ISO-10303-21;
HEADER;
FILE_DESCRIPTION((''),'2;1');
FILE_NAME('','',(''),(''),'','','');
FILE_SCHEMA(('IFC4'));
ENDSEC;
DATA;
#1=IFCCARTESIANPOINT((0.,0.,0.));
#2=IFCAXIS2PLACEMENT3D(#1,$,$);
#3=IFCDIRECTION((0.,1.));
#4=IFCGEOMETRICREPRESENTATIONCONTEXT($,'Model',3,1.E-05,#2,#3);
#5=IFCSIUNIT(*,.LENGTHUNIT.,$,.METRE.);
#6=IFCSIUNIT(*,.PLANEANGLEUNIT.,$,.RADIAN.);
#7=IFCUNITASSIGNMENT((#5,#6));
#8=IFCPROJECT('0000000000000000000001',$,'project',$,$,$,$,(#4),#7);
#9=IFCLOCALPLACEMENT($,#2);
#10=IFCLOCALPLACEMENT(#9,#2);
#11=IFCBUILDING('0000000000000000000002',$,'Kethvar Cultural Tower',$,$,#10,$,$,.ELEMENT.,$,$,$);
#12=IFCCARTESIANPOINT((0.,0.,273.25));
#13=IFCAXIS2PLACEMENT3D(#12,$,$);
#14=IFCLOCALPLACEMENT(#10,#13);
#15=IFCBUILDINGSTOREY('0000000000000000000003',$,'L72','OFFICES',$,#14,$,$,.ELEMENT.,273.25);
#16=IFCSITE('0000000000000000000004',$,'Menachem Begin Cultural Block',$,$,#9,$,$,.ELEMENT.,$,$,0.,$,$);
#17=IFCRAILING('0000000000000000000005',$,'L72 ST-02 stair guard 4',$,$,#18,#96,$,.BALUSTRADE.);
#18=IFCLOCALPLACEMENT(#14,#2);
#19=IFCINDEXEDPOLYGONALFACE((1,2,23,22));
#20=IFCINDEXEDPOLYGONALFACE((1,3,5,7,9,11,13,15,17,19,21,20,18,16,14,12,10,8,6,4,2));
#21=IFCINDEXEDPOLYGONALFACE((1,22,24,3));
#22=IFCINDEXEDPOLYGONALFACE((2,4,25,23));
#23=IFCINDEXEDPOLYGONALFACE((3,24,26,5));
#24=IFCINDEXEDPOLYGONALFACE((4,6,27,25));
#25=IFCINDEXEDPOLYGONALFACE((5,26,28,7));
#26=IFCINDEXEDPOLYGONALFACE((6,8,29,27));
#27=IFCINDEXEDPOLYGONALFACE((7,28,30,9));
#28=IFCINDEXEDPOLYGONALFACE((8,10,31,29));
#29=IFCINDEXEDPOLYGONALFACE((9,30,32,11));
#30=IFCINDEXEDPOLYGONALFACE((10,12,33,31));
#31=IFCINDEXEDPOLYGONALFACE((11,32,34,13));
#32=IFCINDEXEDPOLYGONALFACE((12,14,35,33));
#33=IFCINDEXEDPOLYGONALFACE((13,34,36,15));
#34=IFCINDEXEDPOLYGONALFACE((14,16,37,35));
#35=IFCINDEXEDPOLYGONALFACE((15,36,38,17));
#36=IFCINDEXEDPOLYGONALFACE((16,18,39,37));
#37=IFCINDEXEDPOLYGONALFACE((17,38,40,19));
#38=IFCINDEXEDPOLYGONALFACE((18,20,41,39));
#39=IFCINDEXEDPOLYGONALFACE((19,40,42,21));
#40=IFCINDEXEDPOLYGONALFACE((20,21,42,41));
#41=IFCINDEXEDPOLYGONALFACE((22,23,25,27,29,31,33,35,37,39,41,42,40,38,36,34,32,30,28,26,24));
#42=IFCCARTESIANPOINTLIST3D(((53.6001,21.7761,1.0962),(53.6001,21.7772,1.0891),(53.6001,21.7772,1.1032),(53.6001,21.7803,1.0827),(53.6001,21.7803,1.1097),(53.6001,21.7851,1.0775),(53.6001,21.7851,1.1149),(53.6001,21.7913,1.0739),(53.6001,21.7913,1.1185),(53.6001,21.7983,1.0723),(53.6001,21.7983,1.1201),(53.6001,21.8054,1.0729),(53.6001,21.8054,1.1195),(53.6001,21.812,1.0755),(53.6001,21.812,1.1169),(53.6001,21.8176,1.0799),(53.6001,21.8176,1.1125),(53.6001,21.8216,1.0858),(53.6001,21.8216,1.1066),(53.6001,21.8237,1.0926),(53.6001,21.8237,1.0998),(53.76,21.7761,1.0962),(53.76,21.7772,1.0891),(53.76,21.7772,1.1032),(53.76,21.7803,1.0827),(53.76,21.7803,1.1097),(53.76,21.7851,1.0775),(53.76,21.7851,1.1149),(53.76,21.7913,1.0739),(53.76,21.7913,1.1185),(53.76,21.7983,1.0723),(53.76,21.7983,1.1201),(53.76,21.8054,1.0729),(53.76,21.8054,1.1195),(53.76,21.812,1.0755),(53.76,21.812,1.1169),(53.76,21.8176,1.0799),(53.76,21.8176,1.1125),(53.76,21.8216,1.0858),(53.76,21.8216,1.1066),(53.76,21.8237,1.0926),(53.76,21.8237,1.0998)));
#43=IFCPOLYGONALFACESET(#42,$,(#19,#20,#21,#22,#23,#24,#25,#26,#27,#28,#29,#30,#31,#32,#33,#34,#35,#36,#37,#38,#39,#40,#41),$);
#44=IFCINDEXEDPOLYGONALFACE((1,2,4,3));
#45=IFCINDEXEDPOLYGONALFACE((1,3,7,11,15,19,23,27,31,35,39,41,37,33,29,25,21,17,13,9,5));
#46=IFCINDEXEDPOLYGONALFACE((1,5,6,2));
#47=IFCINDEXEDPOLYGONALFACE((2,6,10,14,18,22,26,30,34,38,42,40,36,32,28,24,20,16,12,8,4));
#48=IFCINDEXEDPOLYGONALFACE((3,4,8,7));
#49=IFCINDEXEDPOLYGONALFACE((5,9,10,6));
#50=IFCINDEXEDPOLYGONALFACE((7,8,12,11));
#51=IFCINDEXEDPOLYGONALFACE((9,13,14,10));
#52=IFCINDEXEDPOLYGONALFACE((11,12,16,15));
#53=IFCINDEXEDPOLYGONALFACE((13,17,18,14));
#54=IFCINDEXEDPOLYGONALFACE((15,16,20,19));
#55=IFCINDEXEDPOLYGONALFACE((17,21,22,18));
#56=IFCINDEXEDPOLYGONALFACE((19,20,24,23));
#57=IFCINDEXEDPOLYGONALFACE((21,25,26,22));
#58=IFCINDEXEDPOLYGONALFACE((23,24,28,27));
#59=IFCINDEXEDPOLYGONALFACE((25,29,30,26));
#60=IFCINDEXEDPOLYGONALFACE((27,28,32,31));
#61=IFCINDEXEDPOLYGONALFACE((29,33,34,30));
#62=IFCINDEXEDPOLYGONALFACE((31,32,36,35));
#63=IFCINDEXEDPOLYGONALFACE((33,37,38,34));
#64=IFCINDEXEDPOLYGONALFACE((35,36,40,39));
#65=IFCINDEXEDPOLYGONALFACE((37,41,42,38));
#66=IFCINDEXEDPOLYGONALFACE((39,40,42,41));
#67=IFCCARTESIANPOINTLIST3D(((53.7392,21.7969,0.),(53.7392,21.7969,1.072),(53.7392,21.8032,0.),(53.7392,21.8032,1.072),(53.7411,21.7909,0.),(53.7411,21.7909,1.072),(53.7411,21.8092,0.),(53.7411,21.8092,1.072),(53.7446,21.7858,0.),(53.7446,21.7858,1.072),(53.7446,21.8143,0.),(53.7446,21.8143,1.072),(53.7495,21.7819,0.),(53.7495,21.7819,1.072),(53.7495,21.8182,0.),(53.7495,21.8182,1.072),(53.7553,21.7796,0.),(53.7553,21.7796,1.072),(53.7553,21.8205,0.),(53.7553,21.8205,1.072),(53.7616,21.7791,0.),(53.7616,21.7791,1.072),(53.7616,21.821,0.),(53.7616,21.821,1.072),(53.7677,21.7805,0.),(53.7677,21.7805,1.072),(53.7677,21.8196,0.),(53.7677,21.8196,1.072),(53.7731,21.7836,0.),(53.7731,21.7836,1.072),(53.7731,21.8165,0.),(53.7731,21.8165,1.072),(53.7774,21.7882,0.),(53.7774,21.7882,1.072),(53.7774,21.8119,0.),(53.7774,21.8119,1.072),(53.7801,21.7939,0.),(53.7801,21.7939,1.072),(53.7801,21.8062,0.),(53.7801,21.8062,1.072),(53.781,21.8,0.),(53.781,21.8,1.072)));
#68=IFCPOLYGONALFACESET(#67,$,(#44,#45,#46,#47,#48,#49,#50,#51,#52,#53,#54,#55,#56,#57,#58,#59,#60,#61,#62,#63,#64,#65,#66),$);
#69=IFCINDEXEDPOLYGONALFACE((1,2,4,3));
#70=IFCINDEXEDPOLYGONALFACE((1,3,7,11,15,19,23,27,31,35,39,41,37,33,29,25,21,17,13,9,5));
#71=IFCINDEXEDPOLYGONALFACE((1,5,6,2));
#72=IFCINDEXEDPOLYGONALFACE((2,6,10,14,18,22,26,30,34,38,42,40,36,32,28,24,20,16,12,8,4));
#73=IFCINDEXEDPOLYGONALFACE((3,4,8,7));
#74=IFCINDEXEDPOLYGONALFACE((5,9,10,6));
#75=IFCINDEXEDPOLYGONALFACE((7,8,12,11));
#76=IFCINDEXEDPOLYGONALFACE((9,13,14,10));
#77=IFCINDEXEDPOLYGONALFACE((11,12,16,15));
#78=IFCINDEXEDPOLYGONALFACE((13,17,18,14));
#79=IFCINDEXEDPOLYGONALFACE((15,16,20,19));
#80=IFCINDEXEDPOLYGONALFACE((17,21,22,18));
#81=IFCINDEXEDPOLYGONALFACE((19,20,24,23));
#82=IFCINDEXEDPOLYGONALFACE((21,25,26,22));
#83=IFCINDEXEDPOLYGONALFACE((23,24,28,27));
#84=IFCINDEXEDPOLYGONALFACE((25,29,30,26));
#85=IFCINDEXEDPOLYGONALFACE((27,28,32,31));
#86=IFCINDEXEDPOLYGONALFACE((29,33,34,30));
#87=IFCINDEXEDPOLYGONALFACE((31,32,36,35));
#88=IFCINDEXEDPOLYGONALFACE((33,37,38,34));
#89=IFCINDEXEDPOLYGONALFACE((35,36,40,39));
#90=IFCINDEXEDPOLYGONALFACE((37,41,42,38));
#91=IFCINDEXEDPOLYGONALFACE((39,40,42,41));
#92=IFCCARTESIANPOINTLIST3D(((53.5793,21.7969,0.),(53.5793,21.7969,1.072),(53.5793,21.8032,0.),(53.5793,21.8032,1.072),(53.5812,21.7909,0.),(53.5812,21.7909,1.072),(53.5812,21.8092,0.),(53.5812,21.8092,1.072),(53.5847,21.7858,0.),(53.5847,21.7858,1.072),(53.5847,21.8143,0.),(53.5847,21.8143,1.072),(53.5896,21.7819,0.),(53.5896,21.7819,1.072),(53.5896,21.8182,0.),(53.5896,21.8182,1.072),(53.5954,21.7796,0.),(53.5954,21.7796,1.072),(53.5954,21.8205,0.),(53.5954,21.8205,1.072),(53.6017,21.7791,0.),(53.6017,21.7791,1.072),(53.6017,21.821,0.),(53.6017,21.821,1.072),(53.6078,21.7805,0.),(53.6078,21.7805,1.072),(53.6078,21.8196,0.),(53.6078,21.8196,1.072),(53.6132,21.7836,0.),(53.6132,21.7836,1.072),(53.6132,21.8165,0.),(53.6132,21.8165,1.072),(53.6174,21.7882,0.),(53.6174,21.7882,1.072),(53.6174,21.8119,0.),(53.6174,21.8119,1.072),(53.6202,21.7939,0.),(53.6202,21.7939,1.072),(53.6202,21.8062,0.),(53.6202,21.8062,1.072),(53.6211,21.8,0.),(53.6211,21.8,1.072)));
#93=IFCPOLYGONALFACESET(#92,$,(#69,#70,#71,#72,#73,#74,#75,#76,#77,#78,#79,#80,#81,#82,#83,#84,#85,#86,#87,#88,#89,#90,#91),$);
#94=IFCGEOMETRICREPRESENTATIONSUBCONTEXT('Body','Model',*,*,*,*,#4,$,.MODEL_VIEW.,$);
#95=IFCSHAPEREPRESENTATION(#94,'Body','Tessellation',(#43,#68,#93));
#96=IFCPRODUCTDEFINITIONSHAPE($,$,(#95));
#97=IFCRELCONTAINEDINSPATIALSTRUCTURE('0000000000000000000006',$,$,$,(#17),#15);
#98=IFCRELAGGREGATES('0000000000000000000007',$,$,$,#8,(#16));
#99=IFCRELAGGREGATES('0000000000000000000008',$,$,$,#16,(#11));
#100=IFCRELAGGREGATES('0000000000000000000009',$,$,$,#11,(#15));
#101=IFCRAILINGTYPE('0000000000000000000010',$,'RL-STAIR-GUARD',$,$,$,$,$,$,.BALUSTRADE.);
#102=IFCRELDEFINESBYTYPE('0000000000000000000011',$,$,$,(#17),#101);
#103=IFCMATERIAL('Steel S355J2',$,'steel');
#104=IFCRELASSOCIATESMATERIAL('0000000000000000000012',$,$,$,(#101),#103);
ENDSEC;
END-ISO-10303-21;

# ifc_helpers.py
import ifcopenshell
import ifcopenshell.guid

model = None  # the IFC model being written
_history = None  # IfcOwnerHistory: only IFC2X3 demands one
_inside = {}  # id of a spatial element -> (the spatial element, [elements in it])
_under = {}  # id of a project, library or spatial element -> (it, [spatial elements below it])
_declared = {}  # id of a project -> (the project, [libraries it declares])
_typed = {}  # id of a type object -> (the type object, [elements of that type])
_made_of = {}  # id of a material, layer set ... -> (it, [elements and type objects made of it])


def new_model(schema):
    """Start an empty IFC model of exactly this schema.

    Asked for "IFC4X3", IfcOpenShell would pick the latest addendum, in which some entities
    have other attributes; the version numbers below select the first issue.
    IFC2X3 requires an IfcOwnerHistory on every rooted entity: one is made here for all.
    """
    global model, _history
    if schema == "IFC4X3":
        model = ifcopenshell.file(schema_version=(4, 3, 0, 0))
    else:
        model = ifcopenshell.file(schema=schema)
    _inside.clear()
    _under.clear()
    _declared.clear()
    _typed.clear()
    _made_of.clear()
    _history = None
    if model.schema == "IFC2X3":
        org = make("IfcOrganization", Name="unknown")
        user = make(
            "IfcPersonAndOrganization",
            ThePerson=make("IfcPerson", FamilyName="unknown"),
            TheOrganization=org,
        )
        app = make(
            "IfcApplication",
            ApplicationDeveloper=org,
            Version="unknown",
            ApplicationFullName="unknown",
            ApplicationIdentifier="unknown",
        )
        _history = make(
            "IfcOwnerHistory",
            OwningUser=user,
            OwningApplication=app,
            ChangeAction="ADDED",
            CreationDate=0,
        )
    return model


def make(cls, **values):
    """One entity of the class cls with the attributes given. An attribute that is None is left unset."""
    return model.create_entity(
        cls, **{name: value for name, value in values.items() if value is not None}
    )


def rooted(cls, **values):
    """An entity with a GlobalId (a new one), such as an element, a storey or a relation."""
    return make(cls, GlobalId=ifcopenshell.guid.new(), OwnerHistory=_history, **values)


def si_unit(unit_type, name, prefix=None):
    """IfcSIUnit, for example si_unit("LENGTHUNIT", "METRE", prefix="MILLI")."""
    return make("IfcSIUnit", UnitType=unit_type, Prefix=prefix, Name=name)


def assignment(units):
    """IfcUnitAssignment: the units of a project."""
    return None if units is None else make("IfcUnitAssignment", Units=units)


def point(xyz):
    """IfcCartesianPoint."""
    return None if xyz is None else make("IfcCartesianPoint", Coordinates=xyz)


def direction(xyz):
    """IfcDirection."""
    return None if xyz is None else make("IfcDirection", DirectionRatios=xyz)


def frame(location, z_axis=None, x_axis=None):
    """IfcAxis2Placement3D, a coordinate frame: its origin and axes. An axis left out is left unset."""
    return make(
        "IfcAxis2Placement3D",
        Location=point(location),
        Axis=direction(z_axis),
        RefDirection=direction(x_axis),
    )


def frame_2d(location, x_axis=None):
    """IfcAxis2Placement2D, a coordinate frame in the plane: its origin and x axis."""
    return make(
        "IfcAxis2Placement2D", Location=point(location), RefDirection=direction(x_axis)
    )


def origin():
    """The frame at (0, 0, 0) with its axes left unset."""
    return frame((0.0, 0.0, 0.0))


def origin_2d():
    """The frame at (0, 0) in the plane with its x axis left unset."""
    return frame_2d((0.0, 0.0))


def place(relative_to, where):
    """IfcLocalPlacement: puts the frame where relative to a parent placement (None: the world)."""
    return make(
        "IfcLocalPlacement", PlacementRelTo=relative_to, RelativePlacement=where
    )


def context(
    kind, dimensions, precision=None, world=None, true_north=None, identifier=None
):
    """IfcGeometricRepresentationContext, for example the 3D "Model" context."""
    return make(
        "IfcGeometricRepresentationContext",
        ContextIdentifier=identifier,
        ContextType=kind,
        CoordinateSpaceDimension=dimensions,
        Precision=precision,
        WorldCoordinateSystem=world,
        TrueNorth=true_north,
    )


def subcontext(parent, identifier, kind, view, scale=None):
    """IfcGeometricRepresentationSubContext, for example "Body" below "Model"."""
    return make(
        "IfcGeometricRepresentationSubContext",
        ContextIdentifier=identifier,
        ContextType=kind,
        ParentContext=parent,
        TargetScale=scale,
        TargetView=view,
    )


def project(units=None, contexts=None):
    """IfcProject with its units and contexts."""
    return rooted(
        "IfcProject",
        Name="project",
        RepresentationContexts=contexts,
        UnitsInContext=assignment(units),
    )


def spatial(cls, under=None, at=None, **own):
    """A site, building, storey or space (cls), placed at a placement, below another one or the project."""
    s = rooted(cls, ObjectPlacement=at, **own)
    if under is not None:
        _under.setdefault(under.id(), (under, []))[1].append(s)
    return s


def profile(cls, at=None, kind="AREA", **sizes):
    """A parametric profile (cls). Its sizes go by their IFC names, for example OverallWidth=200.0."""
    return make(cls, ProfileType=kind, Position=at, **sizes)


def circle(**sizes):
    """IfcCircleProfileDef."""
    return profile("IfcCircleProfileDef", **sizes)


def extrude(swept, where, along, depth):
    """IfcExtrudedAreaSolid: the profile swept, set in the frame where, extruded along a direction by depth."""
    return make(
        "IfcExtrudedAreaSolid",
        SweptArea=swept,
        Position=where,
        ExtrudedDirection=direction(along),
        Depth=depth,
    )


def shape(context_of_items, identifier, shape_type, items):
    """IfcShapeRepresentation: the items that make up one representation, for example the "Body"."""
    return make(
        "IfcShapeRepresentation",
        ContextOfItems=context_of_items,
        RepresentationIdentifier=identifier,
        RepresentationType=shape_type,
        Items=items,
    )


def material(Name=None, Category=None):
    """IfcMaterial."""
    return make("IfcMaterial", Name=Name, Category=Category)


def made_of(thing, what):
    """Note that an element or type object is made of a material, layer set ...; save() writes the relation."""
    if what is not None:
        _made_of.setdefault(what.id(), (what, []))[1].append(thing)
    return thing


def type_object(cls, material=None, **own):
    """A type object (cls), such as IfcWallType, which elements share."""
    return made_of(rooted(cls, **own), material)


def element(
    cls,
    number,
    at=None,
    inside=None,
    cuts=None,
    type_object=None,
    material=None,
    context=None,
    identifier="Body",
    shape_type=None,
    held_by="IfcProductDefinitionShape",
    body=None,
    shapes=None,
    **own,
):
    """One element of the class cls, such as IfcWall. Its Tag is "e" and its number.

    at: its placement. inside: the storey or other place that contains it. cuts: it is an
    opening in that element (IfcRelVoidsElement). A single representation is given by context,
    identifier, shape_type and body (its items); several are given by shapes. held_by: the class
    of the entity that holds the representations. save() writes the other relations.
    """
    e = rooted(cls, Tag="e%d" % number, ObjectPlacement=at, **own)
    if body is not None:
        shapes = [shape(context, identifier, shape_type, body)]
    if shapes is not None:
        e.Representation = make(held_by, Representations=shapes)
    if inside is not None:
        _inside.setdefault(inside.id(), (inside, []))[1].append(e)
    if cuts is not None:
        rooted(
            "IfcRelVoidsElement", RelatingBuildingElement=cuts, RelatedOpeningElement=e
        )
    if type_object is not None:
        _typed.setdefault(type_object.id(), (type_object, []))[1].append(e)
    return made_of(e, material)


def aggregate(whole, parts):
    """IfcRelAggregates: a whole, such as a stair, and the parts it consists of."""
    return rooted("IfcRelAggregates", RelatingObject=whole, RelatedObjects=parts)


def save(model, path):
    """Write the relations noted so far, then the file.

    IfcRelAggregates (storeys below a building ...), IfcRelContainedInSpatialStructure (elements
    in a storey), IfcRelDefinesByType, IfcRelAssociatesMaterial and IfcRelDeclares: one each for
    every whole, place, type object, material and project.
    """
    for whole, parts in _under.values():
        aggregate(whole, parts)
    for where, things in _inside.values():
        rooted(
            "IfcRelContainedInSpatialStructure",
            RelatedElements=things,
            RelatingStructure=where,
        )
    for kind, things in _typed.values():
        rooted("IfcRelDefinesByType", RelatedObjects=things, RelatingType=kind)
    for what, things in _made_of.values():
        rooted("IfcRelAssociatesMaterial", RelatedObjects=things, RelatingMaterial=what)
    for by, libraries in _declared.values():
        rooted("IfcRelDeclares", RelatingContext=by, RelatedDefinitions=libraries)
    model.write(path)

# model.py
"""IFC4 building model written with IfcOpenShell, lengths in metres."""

from ifc_helpers import new_model, si_unit, direction, frame, origin, origin_2d, place, context, subcontext, project, spatial, circle, extrude, material, type_object, element, save


model = new_model("IFC4")

# Units and contexts
model_context = context("Model", 3, precision=1e-05, world=origin(), true_north=direction((0.0, 1.0)))
body_context = subcontext(model_context, "Body", "Model", "MODEL_VIEW")
ifc_project = project(units=[si_unit("LENGTHUNIT", "METRE"), si_unit("PLANEANGLEUNIT", "RADIAN")], contexts=[model_context])

# Site, building, storey
site_placement = place(None, origin())
site = spatial("IfcSite", under=ifc_project, at=site_placement, Name="Menachem Begin Cultural Block", CompositionType="ELEMENT", RefElevation=0.0)
building_placement = place(site_placement, origin())
building = spatial("IfcBuilding", under=site, at=building_placement, Name="Kethvar Cultural Tower", CompositionType="ELEMENT")
storey_placement = place(building_placement, frame((0.0, 0.0, 273.25)))
storey = spatial("IfcBuildingStorey", under=building, at=storey_placement, Name="L72", Description="OFFICES", CompositionType="ELEMENT", Elevation=273.25)

# Shared definitions
ifc_material_1 = material(Name="Steel S355J2", Category="steel")

# Railing
railing_type_1 = type_object("IfcRailingType", Name="RL-STAIR-GUARD", PredefinedType="BALUSTRADE", material=ifc_material_1)
railing_1_placement = place(storey_placement, frame((53.76, 21.8, 0.0)))
element("IfcRailing", 1, at=railing_1_placement, inside=storey, type_object=railing_type_1, Name="L72 ST-02 stair guard 4", PredefinedType="BALUSTRADE", context=body_context, shape_type="SweptSolid", body=[
    extrude(circle(Radius=0.0239, at=origin_2d()), frame((0.0, 0.0, 1.0962), z_axis=(-1.0, 0.0, 0.0), x_axis=(0.0, -1.0, 0.0)), (0.0, 0.0, 1.0), 0.1599),
    extrude(circle(Radius=0.021, at=origin_2d()), origin(), (0.0, 0.0, 1.0), 1.072),
    extrude(circle(Radius=0.021, at=origin_2d()), frame((-0.1599, 0.0, 0.0)), (0.0, 0.0, 1.0), 1.072),
])

save(model, "model.ifc")
